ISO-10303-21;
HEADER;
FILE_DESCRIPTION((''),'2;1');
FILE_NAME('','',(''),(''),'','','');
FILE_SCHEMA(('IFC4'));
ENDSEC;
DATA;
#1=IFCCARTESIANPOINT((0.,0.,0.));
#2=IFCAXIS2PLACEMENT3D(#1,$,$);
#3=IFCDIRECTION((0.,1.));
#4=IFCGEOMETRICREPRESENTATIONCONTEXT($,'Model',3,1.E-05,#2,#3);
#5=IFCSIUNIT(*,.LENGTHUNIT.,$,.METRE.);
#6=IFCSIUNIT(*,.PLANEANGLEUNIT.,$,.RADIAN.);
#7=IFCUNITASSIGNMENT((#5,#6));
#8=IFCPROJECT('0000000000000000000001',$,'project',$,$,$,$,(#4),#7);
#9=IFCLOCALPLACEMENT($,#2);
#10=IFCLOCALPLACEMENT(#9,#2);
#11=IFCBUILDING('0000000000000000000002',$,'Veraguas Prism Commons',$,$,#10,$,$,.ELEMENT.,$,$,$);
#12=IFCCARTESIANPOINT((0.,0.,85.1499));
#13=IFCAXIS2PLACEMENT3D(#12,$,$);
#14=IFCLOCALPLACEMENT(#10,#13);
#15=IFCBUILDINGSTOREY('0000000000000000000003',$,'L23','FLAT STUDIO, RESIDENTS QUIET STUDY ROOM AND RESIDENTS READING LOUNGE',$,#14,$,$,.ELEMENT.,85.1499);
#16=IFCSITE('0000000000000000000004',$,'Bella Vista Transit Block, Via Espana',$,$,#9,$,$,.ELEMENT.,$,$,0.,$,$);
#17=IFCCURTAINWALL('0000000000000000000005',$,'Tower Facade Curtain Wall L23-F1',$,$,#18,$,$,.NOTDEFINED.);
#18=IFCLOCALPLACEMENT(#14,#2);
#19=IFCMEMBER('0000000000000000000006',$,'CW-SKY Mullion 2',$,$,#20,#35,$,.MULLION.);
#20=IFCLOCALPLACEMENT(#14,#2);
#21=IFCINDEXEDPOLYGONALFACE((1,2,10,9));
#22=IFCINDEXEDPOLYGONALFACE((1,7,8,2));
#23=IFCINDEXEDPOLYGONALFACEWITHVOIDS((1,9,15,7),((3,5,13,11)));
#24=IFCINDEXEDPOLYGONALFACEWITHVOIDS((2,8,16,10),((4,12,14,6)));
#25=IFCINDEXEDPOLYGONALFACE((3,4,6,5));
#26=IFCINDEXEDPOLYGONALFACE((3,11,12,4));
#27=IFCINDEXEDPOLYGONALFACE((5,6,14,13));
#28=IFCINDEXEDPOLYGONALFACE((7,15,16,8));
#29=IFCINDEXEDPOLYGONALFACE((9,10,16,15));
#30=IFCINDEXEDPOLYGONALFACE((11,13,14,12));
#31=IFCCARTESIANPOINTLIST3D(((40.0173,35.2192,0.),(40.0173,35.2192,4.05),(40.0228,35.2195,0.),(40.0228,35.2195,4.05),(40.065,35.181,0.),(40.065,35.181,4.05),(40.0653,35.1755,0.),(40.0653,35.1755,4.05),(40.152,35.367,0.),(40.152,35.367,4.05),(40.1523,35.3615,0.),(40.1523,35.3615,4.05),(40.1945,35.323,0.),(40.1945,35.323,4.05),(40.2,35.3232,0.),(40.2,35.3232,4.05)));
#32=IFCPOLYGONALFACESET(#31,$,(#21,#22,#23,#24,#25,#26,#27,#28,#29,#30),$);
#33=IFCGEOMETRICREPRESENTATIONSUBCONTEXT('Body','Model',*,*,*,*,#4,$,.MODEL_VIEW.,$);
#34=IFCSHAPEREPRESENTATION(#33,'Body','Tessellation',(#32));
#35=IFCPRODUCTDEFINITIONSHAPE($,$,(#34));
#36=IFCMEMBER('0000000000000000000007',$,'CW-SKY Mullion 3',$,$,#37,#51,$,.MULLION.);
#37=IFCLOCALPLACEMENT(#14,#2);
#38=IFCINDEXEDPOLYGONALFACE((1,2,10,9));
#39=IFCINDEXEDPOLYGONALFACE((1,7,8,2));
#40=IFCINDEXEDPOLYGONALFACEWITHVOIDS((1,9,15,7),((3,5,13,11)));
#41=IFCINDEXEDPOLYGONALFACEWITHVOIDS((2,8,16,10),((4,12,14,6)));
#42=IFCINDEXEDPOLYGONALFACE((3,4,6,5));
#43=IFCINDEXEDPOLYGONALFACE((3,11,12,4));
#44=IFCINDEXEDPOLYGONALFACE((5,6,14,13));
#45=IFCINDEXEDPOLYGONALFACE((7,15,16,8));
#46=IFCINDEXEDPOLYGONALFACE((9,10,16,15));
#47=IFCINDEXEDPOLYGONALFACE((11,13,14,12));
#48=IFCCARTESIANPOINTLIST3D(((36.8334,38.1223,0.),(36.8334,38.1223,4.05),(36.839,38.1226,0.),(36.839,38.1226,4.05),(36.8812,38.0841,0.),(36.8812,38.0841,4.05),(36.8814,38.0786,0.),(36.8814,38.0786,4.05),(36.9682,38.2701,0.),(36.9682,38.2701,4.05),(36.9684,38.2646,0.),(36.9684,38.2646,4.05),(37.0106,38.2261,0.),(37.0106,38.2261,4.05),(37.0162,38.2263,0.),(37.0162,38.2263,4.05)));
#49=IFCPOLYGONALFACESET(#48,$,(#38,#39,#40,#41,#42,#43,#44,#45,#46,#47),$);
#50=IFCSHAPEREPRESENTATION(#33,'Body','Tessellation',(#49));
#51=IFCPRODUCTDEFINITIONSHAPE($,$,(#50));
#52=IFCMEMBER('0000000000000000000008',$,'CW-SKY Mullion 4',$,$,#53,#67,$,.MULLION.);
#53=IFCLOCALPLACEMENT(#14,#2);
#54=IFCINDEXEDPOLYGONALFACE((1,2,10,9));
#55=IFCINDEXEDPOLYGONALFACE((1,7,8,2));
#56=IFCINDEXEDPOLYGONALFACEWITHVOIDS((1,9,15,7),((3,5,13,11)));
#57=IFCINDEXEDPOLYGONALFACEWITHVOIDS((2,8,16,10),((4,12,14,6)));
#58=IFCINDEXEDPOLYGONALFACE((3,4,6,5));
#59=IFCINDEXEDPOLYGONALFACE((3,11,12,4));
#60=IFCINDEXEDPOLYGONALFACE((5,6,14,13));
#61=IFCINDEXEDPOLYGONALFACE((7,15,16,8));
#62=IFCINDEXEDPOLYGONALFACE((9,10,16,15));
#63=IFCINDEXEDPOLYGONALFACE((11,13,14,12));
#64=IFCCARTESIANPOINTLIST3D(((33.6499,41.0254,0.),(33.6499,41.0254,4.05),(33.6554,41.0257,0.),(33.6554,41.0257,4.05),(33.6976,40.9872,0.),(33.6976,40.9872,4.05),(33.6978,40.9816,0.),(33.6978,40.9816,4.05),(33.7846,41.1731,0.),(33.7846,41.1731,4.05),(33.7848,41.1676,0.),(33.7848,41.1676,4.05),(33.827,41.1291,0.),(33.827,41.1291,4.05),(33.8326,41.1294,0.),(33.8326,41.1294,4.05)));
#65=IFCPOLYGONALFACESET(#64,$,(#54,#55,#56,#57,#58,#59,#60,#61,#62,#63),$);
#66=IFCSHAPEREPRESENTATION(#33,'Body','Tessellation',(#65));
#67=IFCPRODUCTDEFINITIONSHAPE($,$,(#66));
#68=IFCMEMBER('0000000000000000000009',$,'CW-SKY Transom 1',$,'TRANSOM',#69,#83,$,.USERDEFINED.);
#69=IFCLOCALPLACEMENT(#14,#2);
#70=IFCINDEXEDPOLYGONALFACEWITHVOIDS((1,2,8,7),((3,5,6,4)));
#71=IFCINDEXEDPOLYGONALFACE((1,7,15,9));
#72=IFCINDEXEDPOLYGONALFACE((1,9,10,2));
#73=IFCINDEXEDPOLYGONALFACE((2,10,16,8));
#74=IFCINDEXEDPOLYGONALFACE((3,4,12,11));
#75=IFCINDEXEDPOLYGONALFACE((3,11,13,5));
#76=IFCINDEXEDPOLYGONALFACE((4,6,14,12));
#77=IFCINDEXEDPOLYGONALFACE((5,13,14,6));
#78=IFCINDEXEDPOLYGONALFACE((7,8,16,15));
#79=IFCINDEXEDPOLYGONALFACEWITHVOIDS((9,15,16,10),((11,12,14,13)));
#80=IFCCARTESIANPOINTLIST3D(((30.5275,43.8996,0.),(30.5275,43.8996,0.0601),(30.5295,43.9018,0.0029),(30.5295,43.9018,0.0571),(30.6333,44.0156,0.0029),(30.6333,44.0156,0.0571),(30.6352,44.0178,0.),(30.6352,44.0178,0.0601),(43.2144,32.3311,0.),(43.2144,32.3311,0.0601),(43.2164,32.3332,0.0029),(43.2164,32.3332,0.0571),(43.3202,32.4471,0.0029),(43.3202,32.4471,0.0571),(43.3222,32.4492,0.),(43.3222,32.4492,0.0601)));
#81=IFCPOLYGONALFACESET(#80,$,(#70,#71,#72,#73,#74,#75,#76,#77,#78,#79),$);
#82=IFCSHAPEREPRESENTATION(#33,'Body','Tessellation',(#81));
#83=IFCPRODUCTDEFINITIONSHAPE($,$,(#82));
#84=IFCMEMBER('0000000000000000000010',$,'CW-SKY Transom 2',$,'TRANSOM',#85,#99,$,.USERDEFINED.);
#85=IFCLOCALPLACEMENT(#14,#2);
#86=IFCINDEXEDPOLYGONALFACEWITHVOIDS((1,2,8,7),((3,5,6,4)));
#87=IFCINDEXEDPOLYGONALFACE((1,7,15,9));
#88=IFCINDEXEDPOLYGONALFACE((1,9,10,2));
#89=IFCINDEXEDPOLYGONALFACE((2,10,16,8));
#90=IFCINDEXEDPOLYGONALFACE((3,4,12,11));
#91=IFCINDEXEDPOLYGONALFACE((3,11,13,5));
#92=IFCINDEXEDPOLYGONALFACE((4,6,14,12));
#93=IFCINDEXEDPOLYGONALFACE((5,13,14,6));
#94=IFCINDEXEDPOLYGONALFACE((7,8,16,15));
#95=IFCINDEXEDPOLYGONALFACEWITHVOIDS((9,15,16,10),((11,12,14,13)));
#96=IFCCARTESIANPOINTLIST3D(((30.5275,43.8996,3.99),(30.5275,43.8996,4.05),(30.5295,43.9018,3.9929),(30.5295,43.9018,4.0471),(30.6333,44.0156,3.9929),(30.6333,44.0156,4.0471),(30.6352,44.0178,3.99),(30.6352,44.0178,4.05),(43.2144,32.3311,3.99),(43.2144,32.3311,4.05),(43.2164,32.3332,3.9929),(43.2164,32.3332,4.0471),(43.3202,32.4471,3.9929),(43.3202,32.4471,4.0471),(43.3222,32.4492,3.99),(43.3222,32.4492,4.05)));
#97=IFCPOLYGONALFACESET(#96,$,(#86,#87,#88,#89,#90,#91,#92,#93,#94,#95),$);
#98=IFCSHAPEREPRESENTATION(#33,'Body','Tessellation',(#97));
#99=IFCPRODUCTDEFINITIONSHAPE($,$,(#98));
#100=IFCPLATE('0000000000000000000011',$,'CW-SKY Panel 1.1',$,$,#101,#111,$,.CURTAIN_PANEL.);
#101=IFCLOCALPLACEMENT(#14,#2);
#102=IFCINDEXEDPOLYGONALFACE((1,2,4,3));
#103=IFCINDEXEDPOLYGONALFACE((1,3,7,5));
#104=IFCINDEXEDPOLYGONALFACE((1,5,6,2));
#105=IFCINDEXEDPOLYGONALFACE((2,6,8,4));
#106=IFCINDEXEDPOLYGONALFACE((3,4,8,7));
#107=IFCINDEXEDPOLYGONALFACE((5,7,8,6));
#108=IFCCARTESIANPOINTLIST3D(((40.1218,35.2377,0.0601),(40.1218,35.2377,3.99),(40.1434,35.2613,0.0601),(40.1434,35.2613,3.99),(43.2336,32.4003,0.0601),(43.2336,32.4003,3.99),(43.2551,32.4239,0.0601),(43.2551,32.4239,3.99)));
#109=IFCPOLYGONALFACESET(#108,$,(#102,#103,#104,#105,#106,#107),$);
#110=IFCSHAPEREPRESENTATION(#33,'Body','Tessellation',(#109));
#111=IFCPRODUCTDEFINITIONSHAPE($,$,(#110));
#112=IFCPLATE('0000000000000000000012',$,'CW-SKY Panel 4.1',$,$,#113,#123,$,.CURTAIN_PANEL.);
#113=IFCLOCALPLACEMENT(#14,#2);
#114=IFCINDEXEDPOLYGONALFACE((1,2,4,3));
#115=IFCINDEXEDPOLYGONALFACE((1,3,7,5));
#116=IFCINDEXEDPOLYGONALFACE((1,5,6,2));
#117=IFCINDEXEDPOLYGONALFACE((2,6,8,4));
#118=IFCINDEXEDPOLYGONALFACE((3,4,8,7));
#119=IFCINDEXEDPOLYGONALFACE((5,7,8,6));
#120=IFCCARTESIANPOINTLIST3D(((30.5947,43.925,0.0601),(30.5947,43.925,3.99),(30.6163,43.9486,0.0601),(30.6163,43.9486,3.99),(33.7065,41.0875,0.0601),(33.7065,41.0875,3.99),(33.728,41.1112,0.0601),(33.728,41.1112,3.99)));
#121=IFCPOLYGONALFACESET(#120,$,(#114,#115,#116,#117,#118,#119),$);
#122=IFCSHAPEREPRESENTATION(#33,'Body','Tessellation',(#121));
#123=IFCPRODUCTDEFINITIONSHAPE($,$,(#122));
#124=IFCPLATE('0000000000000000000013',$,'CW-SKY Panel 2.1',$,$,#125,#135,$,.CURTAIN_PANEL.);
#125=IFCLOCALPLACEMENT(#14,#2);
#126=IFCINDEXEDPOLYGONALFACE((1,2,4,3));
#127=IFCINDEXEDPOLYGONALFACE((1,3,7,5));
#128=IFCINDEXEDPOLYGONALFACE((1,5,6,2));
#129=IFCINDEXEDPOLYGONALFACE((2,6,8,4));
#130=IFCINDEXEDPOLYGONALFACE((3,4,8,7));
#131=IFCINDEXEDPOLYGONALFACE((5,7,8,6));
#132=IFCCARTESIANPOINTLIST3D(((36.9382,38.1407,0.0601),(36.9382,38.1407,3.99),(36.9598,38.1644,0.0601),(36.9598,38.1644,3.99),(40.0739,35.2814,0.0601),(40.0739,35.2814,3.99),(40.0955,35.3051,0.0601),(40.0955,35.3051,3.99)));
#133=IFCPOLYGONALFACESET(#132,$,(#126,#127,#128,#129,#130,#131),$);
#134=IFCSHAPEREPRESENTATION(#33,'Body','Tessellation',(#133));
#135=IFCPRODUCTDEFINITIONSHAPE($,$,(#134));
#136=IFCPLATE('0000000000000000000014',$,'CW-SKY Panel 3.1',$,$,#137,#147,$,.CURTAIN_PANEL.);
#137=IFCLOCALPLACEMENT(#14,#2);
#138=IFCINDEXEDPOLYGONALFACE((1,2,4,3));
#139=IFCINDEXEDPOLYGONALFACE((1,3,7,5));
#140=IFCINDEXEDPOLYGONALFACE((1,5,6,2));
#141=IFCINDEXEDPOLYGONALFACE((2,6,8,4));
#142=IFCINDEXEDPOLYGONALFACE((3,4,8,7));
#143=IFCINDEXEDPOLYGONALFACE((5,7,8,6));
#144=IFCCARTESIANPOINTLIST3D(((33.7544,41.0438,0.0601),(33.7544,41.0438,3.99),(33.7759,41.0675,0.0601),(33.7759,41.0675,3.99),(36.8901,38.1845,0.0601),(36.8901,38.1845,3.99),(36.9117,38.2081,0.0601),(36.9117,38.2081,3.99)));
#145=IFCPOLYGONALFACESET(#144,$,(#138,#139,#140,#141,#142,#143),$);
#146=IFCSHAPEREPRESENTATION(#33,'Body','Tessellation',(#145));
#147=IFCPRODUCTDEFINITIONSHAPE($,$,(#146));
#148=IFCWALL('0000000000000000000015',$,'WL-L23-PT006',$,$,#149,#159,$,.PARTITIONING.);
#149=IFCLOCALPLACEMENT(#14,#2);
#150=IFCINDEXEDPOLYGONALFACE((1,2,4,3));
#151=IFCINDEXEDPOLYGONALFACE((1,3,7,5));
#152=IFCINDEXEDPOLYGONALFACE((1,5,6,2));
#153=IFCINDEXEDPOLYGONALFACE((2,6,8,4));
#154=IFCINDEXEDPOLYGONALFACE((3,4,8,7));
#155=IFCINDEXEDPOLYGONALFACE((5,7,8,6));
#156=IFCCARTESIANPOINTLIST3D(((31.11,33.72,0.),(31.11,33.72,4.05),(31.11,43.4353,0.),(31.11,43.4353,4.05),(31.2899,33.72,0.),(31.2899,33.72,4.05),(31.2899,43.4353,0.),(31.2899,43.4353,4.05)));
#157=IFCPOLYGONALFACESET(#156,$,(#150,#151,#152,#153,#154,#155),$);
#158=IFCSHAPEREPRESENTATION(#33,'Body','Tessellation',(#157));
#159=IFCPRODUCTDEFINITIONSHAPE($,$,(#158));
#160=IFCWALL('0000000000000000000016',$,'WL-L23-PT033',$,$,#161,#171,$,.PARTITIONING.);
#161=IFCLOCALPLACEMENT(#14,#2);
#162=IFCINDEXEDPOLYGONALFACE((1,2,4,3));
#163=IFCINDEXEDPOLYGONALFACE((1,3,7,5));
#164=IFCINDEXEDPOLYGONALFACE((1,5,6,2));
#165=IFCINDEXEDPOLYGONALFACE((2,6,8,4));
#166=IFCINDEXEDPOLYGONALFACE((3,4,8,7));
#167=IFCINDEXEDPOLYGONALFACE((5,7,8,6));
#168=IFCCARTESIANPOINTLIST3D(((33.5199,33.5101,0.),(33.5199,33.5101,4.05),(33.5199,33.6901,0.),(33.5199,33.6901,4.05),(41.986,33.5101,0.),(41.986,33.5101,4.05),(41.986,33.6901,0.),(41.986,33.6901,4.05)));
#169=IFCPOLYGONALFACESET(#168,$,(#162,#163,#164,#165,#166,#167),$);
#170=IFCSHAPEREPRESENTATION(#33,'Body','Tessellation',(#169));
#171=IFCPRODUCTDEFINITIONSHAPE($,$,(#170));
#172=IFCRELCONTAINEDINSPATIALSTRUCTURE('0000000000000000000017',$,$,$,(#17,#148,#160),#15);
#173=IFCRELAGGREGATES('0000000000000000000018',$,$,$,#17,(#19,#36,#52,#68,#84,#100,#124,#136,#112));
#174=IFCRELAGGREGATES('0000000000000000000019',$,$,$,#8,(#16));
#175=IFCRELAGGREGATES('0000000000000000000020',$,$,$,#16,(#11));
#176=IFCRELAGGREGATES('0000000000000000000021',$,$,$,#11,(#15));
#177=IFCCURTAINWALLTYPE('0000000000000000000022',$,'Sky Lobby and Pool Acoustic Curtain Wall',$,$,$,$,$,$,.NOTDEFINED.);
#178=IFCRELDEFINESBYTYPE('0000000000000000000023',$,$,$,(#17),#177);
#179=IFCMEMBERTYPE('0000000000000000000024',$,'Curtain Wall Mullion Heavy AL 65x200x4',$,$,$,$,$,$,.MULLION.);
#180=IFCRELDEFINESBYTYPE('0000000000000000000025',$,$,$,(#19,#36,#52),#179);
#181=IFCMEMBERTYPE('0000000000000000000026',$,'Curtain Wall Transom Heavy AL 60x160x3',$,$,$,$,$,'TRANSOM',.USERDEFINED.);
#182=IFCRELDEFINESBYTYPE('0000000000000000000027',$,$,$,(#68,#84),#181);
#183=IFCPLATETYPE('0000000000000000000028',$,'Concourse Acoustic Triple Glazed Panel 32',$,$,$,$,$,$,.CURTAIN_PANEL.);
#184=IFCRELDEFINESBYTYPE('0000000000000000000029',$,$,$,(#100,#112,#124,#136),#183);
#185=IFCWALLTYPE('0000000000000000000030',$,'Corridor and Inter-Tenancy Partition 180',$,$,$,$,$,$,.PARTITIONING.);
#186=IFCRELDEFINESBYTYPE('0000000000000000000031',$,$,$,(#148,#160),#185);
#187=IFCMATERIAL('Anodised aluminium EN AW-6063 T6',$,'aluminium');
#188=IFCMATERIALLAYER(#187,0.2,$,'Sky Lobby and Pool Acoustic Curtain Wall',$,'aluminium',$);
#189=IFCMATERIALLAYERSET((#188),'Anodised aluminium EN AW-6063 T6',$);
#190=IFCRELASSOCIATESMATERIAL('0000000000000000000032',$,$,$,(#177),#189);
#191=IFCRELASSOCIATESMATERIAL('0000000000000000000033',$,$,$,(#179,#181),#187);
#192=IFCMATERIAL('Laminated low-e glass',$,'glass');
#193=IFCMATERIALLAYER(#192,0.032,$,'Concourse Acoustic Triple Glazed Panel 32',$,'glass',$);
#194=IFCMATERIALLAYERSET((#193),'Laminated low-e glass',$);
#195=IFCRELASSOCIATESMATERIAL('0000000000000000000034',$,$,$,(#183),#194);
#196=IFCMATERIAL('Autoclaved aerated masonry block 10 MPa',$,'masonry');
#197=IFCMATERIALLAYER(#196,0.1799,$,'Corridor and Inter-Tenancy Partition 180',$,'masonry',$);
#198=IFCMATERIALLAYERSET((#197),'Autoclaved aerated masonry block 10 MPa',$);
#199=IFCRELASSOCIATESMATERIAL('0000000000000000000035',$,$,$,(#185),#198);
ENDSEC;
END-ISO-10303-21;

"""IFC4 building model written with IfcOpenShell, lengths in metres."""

from ifc_helpers import new_model, si_unit, direction, frame, frame_2d, origin, origin_2d, place, context, subcontext, project, spatial, rectangle, hollow_rectangle, extrude, source, transform, mapped, material, layer, layer_set, material_profile, profile_set, type_object, element, aggregate, save


model = new_model("IFC4")

# Units and contexts
model_context = context("Model", 3, precision=1e-05, world=origin(), true_north=direction((0.0, 1.0)))
body_context = subcontext(model_context, "Body", "Model", "MODEL_VIEW")
ifc_project = project(units=[si_unit("LENGTHUNIT", "METRE"), si_unit("PLANEANGLEUNIT", "RADIAN")], contexts=[model_context])

# Site, building, storey
site_placement = place(None, origin())
site = spatial("IfcSite", under=ifc_project, at=site_placement, Name="Bella Vista Transit Block, Via Espana", CompositionType="ELEMENT", RefElevation=0.0)
building_placement = place(site_placement, origin())
building = spatial("IfcBuilding", under=site, at=building_placement, Name="Veraguas Prism Commons", CompositionType="ELEMENT")
storey_placement = place(building_placement, frame((0.0, 0.0, 85.1499)))
storey = spatial("IfcBuildingStorey", under=building, at=storey_placement, Name="L23", Description="FLAT STUDIO, RESIDENTS QUIET STUDY ROOM AND RESIDENTS READING LOUNGE", CompositionType="ELEMENT", Elevation=85.1499)

# Curtain wall, members, plates
ifc_material_1 = material(Name="Anodised aluminium EN AW-6063 T6", Category="aluminium")
ifc_layer_1 = layer(ifc_material_1, 0.2, Name="Sky Lobby and Pool Acoustic Curtain Wall", Category="aluminium")
ifc_layer_set_1 = layer_set([ifc_layer_1], Name="Anodised aluminium EN AW-6063 T6")
curtain_wall_type = type_object("IfcCurtainWallType", Name="Sky Lobby and Pool Acoustic Curtain Wall", PredefinedType="NOTDEFINED", material=ifc_layer_set_1)
curtain_wall_placement = place(storey_placement, origin())
curtain_wall = element("IfcCurtainWall", 1, at=curtain_wall_placement, inside=storey, type_object=curtain_wall_type, Name="Tower Facade Curtain Wall L23-F1", PredefinedType="NOTDEFINED")
ifc_material_profile_1 = material_profile(ifc_material_1, hollow_rectangle(XDim=0.0649, YDim=0.2, WallThickness=0.0039, at=origin_2d()), Name="AL65X200X4")
ifc_profile_set_1 = profile_set([ifc_material_profile_1], Name="Anodised aluminium EN AW-6063 T6")
member_type_1 = type_object("IfcMemberType", Name="Curtain Wall Mullion Heavy AL 65x200x4", PredefinedType="MULLION", material=ifc_profile_set_1)
shared_shape_1 = source(origin(), body_context, "Body", "SweptSolid", [
    extrude(hollow_rectangle(XDim=0.0649, YDim=0.2, WallThickness=0.0039, at=origin_2d()), origin(), (0.0, 0.0, 1.0), 4.05),
])
member_1_placement = place(storey_placement, frame((40.1086, 35.2712, 0.0), z_axis=(0.0, 0.0, 1.0), x_axis=(-0.738925, 0.673788, 0.0)))
member_1 = element("IfcMember", 2, at=member_1_placement, type_object=member_type_1, Name="CW-SKY Mullion 2", PredefinedType="MULLION", context=body_context, shape_type="MappedRepresentation", body=[
    mapped(shared_shape_1, transform((0.0, 0.0, 0.0), scale=1.0)),
])
member_2_placement = place(storey_placement, frame((36.9248, 38.1743, 0.0), z_axis=(0.0, 0.0, 1.0), x_axis=(-0.738925, 0.673788, 0.0)))
member_2 = element("IfcMember", 3, at=member_2_placement, type_object=member_type_1, Name="CW-SKY Mullion 3", PredefinedType="MULLION", context=body_context, shape_type="MappedRepresentation", body=[
    mapped(shared_shape_1, transform((0.0, 0.0, 0.0), scale=1.0)),
])
member_3_placement = place(storey_placement, frame((33.7412, 41.0774, 0.0), z_axis=(0.0, 0.0, 1.0), x_axis=(-0.738925, 0.673788, 0.0)))
member_3 = element("IfcMember", 4, at=member_3_placement, type_object=member_type_1, Name="CW-SKY Mullion 4", PredefinedType="MULLION", context=body_context, shape_type="MappedRepresentation", body=[
    mapped(shared_shape_1, transform((0.0, 0.0, 0.0), scale=1.0)),
])
ifc_material_profile_2 = material_profile(ifc_material_1, hollow_rectangle(XDim=0.0601, YDim=0.1599, WallThickness=0.0029, at=origin_2d()), Name="AL60X160X3")
ifc_profile_set_2 = profile_set([ifc_material_profile_2], Name="Anodised aluminium EN AW-6063 T6")
member_type_2 = type_object("IfcMemberType", Name="Curtain Wall Transom Heavy AL 60x160x3", ElementType="TRANSOM", PredefinedType="USERDEFINED", material=ifc_profile_set_2)
shared_shape_2 = source(origin(), body_context, "Body", "SweptSolid", [
    extrude(hollow_rectangle(XDim=0.0601, YDim=0.1599, WallThickness=0.0029, at=origin_2d()), origin(), (0.0, 0.0, 1.0), 17.1694),
])
member_4_placement = place(storey_placement, frame((43.2683, 32.3901, 0.03), z_axis=(-0.738926, 0.673787, 0.0), x_axis=(0.0, 0.0, 1.0)))
member_4 = element("IfcMember", 5, at=member_4_placement, type_object=member_type_2, Name="CW-SKY Transom 1", ObjectType="TRANSOM", PredefinedType="USERDEFINED", context=body_context, shape_type="MappedRepresentation", body=[
    mapped(shared_shape_2, transform((0.0, 0.0, 0.0), scale=1.0)),
])
member_5_placement = place(storey_placement, frame((43.2683, 32.3901, 4.02), z_axis=(-0.738926, 0.673787, 0.0), x_axis=(0.0, 0.0, 1.0)))
member_5 = element("IfcMember", 6, at=member_5_placement, type_object=member_type_2, Name="CW-SKY Transom 2", ObjectType="TRANSOM", PredefinedType="USERDEFINED", context=body_context, shape_type="MappedRepresentation", body=[
    mapped(shared_shape_2, transform((0.0, 0.0, 0.0), scale=1.0)),
])
ifc_material_2 = material(Name="Laminated low-e glass", Category="glass")
ifc_layer_2 = layer(ifc_material_2, 0.032, Name="Concourse Acoustic Triple Glazed Panel 32", Category="glass")
ifc_layer_set_2 = layer_set([ifc_layer_2], Name="Laminated low-e glass")
plate_type = type_object("IfcPlateType", Name="Concourse Acoustic Triple Glazed Panel 32", PredefinedType="CURTAIN_PANEL", material=ifc_layer_set_2)
shared_shape_3 = source(origin(), body_context, "Body", "SweptSolid", [
    extrude(rectangle(XDim=4.2112, YDim=0.032, at=origin_2d()), origin(), (0.0, 0.0, 1.0), 3.9299),
])
plate_1_placement = place(storey_placement, frame((41.6885, 33.8308, 0.0601), z_axis=(0.0, 0.0, 1.0), x_axis=(-0.738925, 0.673788, 0.0)))
plate_1 = element("IfcPlate", 7, at=plate_1_placement, type_object=plate_type, Name="CW-SKY Panel 1.1", PredefinedType="CURTAIN_PANEL", context=body_context, shape_type="MappedRepresentation", body=[
    mapped(shared_shape_3, transform((0.0, 0.0, 0.0), scale=1.0)),
])
plate_2_placement = place(storey_placement, frame((32.1614, 42.5181, 0.0601), z_axis=(0.0, 0.0, 1.0), x_axis=(-0.738925, 0.673788, 0.0)))
plate_2 = element("IfcPlate", 8, at=plate_2_placement, type_object=plate_type, Name="CW-SKY Panel 4.1", PredefinedType="CURTAIN_PANEL", context=body_context, shape_type="MappedRepresentation", body=[
    mapped(shared_shape_3, transform((0.0, 0.0, 0.0), scale=1.0)),
])
shared_shape_4 = source(origin(), body_context, "Body", "SweptSolid", [
    extrude(rectangle(XDim=4.2437, YDim=0.032, at=origin_2d()), origin(), (0.0, 0.0, 1.0), 3.9299),
])
plate_3_placement = place(storey_placement, frame((38.5168, 36.7229, 0.0601), z_axis=(0.0, 0.0, 1.0), x_axis=(-0.738925, 0.673788, 0.0)))
plate_3 = element("IfcPlate", 9, at=plate_3_placement, type_object=plate_type, Name="CW-SKY Panel 2.1", PredefinedType="CURTAIN_PANEL", context=body_context, shape_type="MappedRepresentation", body=[
    mapped(shared_shape_4, transform((0.0, 0.0, 0.0), scale=1.0)),
])
plate_4_placement = place(storey_placement, frame((35.333, 39.626, 0.0601), z_axis=(0.0, 0.0, 1.0), x_axis=(-0.738925, 0.673788, 0.0)))
plate_4 = element("IfcPlate", 10, at=plate_4_placement, type_object=plate_type, Name="CW-SKY Panel 3.1", PredefinedType="CURTAIN_PANEL", context=body_context, shape_type="MappedRepresentation", body=[
    mapped(shared_shape_4, transform((0.0, 0.0, 0.0), scale=1.0)),
])
aggregate(curtain_wall, [member_1, member_2, member_3, member_4, member_5, plate_1, plate_3, plate_4, plate_2])

# Walls
ifc_material_3 = material(Name="Autoclaved aerated masonry block 10 MPa", Category="masonry")
ifc_layer_3 = layer(ifc_material_3, 0.1799, Name="Corridor and Inter-Tenancy Partition 180", Category="masonry")
ifc_layer_set_3 = layer_set([ifc_layer_3], Name="Autoclaved aerated masonry block 10 MPa")
wall_type_1 = type_object("IfcWallType", Name="Corridor and Inter-Tenancy Partition 180", PredefinedType="PARTITIONING", material=ifc_layer_set_3)
wall_1_placement = place(storey_placement, frame((31.2, 33.72, 0.0), z_axis=(0.0, 0.0, 1.0), x_axis=(0.0, 1.0, 0.0)))
element("IfcWall", 11, at=wall_1_placement, inside=storey, type_object=wall_type_1, Name="WL-L23-PT006", PredefinedType="PARTITIONING", context=body_context, shape_type="SweptSolid", body=[
    extrude(rectangle(XDim=9.7153, YDim=0.1799, at=frame_2d((4.8577, 0.0))), origin(), (0.0, 0.0, 1.0), 4.05),
])
wall_2_placement = place(storey_placement, frame((33.52, 33.6001, 0.0), z_axis=(0.0, 0.0, 1.0), x_axis=(1.0, 0.0, 0.0)))
element("IfcWall", 12, at=wall_2_placement, inside=storey, type_object=wall_type_1, Name="WL-L23-PT033", PredefinedType="PARTITIONING", context=body_context, shape_type="SweptSolid", body=[
    extrude(rectangle(XDim=8.4661, YDim=0.1799, at=frame_2d((4.2329, 0.0))), origin(), (0.0, 0.0, 1.0), 4.05),
])

save(model, "model.ifc")
